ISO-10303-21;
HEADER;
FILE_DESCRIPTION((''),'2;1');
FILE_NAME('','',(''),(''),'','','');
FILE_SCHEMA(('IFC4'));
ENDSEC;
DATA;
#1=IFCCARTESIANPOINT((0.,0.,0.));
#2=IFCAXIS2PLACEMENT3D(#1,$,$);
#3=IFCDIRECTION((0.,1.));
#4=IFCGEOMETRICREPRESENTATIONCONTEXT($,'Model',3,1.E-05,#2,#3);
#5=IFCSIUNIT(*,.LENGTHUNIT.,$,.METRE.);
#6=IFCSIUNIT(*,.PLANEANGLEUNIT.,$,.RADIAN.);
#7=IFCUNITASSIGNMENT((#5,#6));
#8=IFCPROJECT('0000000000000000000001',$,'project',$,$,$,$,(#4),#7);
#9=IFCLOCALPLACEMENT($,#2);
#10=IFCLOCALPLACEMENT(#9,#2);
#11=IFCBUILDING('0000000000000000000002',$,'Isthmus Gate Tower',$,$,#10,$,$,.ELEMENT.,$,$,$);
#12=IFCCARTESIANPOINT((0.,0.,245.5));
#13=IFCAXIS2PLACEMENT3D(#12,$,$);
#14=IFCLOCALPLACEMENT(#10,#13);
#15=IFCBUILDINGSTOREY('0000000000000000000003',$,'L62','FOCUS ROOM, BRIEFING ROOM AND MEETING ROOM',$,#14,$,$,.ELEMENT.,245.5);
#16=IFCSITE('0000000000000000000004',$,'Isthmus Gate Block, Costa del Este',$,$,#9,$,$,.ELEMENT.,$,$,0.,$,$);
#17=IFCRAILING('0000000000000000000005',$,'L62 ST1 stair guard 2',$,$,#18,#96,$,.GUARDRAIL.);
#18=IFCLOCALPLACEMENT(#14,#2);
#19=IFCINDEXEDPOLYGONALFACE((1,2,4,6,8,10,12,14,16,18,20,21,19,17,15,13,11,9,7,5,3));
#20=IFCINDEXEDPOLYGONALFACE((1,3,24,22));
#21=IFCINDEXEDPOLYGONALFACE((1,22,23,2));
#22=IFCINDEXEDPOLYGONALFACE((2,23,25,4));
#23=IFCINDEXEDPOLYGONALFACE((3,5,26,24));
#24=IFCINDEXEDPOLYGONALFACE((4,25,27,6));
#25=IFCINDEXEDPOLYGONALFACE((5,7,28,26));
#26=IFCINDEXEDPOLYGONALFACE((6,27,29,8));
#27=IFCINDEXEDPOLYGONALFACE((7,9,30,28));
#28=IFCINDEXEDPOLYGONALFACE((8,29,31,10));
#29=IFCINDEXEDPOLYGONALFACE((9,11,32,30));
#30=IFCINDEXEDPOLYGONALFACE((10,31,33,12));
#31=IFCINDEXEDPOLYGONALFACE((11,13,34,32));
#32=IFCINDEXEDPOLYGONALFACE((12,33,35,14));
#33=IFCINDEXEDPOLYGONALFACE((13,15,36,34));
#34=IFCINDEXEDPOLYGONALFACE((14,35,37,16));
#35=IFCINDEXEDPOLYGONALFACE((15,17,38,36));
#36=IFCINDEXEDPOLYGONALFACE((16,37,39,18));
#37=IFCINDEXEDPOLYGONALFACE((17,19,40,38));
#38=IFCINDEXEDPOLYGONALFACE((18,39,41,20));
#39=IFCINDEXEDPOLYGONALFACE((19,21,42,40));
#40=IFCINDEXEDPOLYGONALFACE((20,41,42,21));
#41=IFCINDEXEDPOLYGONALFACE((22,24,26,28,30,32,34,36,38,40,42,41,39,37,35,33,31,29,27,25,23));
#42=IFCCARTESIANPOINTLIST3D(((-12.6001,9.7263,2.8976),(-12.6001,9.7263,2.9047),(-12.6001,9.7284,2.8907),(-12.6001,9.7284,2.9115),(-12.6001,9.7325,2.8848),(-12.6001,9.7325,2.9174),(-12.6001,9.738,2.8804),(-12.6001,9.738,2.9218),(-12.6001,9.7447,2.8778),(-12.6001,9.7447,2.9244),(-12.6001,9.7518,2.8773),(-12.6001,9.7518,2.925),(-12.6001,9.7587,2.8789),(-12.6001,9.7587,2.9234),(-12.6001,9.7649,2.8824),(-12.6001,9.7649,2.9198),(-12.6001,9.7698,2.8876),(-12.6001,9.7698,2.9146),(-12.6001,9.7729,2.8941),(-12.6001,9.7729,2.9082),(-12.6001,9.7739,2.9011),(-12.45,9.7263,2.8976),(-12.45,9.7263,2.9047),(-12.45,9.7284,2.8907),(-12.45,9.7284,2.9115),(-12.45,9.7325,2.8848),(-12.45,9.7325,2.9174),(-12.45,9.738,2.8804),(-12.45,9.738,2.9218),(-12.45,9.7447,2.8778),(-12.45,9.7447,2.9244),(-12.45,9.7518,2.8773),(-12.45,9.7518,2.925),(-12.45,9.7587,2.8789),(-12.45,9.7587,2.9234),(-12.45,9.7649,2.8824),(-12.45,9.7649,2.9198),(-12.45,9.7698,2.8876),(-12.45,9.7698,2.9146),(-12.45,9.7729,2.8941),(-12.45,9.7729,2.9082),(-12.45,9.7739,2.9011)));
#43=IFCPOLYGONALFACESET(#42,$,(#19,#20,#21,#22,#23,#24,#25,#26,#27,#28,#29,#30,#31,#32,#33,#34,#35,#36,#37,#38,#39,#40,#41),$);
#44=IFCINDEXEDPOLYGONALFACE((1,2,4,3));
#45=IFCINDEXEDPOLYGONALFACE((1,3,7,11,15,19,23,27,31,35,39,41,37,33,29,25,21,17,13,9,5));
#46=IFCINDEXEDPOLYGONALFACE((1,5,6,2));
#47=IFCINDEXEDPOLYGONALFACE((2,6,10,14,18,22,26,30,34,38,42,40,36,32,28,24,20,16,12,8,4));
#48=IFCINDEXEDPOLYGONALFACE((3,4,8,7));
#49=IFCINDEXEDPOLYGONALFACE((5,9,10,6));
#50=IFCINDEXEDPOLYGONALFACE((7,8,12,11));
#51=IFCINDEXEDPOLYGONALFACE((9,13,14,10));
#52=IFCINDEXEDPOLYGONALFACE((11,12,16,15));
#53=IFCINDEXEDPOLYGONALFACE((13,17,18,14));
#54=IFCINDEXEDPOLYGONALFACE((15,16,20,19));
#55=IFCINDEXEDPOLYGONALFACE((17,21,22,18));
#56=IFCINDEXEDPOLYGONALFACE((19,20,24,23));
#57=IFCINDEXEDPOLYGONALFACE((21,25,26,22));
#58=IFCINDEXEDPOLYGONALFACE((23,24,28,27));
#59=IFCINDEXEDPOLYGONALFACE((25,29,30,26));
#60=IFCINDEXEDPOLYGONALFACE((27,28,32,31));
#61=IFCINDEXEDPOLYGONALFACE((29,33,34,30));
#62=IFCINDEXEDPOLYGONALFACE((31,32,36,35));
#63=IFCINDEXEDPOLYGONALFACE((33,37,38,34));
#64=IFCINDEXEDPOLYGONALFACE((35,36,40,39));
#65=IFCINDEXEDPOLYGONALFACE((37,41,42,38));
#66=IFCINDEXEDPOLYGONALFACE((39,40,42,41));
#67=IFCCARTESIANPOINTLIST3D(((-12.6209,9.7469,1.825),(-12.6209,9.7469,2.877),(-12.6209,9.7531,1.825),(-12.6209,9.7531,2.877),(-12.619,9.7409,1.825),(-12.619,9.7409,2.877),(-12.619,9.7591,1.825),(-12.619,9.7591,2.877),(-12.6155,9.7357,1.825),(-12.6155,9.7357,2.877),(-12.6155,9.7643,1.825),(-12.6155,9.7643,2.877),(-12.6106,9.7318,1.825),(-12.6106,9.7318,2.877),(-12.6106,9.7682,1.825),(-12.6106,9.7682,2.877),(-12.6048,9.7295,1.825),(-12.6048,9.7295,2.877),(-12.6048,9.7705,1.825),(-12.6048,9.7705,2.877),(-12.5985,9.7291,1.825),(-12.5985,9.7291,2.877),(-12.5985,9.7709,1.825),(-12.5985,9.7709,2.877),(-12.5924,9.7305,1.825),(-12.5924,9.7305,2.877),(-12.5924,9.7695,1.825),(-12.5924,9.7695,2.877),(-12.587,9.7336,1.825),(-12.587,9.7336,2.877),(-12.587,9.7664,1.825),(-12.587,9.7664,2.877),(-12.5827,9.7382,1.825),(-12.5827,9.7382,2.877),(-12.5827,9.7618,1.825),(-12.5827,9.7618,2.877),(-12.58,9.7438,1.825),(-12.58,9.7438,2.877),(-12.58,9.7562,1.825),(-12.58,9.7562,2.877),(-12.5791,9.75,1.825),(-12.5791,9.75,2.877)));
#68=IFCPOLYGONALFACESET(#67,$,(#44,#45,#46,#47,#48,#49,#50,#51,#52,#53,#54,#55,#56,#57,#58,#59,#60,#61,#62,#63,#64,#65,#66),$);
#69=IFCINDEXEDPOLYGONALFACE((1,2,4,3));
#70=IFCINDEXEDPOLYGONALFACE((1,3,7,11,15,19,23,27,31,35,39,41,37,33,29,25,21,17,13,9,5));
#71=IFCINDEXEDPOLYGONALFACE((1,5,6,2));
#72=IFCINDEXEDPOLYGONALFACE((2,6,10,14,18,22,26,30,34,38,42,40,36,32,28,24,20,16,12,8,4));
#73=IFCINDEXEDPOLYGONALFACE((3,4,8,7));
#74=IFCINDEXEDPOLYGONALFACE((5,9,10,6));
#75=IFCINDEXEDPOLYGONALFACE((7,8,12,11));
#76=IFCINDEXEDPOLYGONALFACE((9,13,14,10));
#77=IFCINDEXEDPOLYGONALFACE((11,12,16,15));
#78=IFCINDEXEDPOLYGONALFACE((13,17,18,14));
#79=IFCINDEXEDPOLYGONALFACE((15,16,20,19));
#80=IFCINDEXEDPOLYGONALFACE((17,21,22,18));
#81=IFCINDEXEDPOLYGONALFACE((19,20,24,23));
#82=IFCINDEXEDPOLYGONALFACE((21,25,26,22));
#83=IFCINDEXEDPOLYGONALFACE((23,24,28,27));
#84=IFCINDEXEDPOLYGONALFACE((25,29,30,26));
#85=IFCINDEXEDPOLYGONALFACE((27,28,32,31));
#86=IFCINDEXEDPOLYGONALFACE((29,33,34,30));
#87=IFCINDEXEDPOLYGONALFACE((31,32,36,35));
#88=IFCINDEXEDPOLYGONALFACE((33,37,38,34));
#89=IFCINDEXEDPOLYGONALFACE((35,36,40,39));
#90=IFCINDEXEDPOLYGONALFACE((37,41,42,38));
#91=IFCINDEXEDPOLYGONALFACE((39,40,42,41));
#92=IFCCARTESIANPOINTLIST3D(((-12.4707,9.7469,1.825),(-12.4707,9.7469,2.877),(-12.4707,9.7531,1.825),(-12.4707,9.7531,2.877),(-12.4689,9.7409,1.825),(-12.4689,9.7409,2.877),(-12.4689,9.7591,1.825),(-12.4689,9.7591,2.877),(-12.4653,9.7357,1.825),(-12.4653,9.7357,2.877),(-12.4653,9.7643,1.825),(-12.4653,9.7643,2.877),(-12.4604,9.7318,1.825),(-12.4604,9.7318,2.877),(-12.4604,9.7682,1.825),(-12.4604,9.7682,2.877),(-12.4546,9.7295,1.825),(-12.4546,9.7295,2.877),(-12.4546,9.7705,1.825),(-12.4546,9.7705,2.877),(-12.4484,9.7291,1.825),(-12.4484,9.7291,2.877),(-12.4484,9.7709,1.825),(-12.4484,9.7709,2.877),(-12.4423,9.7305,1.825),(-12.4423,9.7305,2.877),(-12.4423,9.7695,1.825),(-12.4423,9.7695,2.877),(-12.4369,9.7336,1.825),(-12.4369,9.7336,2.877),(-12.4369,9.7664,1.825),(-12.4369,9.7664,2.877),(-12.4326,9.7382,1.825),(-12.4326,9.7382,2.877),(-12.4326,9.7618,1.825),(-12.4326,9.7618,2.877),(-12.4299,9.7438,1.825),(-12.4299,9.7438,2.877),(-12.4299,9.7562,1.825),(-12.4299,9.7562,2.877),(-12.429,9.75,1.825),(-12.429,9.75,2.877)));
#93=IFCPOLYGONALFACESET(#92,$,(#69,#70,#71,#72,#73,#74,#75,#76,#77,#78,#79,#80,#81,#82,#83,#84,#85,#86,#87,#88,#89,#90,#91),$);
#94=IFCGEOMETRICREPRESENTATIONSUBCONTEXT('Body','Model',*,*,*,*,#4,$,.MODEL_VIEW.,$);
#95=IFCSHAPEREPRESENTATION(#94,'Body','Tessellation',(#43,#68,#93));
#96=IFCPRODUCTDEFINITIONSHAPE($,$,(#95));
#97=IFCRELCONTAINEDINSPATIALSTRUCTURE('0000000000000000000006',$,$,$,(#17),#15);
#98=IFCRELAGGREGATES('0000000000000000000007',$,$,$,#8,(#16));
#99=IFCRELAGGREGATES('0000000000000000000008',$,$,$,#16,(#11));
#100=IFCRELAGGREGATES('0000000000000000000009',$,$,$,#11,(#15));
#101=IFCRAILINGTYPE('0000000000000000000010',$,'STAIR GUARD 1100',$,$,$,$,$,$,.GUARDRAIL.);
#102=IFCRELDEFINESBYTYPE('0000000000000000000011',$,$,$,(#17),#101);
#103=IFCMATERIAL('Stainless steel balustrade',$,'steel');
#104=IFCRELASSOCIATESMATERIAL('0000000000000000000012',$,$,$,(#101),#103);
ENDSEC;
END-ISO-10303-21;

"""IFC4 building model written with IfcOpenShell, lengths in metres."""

from ifc_helpers import new_model, si_unit, direction, frame, origin, origin_2d, place, context, subcontext, project, spatial, circle, extrude, material, type_object, element, save


model = new_model("IFC4")

# Units and contexts
model_context = context("Model", 3, precision=1e-05, world=origin(), true_north=direction((0.0, 1.0)))
body_context = subcontext(model_context, "Body", "Model", "MODEL_VIEW")
ifc_project = project(units=[si_unit("LENGTHUNIT", "METRE"), si_unit("PLANEANGLEUNIT", "RADIAN")], contexts=[model_context])

# Site, building, storey
site_placement = place(None, origin())
site = spatial("IfcSite", under=ifc_project, at=site_placement, Name="Isthmus Gate Block, Costa del Este", CompositionType="ELEMENT", RefElevation=0.0)
building_placement = place(site_placement, origin())
building = spatial("IfcBuilding", under=site, at=building_placement, Name="Isthmus Gate Tower", CompositionType="ELEMENT")
storey_placement = place(building_placement, frame((0.0, 0.0, 245.5)))
storey = spatial("IfcBuildingStorey", under=building, at=storey_placement, Name="L62", Description="FOCUS ROOM, BRIEFING ROOM AND MEETING ROOM", CompositionType="ELEMENT", Elevation=245.5)

# Railing
ifc_material_1 = material(Name="Stainless steel balustrade", Category="steel")
railing_type_1 = type_object("IfcRailingType", Name="STAIR GUARD 1100", PredefinedType="GUARDRAIL", material=ifc_material_1)
railing_1_placement = place(storey_placement, frame((-12.6001, 9.75, 1.825)))
element("IfcRailing", 1, at=railing_1_placement, inside=storey, type_object=railing_type_1, Name="L62 ST1 stair guard 2", PredefinedType="GUARDRAIL", context=body_context, shape_type="SweptSolid", body=[
    extrude(circle(Radius=0.0239, at=origin_2d()), frame((0.0, 0.0, 1.0762), z_axis=(1.0, 0.0, 0.0), x_axis=(0.0, 1.0, 0.0)), (0.0, 0.0, 1.0), 0.1501),
    extrude(circle(Radius=0.021, at=origin_2d()), origin(), (0.0, 0.0, 1.0), 1.052),
    extrude(circle(Radius=0.021, at=origin_2d()), frame((0.1501, 0.0, 0.0)), (0.0, 0.0, 1.0), 1.052),
])

save(model, "model.ifc")
